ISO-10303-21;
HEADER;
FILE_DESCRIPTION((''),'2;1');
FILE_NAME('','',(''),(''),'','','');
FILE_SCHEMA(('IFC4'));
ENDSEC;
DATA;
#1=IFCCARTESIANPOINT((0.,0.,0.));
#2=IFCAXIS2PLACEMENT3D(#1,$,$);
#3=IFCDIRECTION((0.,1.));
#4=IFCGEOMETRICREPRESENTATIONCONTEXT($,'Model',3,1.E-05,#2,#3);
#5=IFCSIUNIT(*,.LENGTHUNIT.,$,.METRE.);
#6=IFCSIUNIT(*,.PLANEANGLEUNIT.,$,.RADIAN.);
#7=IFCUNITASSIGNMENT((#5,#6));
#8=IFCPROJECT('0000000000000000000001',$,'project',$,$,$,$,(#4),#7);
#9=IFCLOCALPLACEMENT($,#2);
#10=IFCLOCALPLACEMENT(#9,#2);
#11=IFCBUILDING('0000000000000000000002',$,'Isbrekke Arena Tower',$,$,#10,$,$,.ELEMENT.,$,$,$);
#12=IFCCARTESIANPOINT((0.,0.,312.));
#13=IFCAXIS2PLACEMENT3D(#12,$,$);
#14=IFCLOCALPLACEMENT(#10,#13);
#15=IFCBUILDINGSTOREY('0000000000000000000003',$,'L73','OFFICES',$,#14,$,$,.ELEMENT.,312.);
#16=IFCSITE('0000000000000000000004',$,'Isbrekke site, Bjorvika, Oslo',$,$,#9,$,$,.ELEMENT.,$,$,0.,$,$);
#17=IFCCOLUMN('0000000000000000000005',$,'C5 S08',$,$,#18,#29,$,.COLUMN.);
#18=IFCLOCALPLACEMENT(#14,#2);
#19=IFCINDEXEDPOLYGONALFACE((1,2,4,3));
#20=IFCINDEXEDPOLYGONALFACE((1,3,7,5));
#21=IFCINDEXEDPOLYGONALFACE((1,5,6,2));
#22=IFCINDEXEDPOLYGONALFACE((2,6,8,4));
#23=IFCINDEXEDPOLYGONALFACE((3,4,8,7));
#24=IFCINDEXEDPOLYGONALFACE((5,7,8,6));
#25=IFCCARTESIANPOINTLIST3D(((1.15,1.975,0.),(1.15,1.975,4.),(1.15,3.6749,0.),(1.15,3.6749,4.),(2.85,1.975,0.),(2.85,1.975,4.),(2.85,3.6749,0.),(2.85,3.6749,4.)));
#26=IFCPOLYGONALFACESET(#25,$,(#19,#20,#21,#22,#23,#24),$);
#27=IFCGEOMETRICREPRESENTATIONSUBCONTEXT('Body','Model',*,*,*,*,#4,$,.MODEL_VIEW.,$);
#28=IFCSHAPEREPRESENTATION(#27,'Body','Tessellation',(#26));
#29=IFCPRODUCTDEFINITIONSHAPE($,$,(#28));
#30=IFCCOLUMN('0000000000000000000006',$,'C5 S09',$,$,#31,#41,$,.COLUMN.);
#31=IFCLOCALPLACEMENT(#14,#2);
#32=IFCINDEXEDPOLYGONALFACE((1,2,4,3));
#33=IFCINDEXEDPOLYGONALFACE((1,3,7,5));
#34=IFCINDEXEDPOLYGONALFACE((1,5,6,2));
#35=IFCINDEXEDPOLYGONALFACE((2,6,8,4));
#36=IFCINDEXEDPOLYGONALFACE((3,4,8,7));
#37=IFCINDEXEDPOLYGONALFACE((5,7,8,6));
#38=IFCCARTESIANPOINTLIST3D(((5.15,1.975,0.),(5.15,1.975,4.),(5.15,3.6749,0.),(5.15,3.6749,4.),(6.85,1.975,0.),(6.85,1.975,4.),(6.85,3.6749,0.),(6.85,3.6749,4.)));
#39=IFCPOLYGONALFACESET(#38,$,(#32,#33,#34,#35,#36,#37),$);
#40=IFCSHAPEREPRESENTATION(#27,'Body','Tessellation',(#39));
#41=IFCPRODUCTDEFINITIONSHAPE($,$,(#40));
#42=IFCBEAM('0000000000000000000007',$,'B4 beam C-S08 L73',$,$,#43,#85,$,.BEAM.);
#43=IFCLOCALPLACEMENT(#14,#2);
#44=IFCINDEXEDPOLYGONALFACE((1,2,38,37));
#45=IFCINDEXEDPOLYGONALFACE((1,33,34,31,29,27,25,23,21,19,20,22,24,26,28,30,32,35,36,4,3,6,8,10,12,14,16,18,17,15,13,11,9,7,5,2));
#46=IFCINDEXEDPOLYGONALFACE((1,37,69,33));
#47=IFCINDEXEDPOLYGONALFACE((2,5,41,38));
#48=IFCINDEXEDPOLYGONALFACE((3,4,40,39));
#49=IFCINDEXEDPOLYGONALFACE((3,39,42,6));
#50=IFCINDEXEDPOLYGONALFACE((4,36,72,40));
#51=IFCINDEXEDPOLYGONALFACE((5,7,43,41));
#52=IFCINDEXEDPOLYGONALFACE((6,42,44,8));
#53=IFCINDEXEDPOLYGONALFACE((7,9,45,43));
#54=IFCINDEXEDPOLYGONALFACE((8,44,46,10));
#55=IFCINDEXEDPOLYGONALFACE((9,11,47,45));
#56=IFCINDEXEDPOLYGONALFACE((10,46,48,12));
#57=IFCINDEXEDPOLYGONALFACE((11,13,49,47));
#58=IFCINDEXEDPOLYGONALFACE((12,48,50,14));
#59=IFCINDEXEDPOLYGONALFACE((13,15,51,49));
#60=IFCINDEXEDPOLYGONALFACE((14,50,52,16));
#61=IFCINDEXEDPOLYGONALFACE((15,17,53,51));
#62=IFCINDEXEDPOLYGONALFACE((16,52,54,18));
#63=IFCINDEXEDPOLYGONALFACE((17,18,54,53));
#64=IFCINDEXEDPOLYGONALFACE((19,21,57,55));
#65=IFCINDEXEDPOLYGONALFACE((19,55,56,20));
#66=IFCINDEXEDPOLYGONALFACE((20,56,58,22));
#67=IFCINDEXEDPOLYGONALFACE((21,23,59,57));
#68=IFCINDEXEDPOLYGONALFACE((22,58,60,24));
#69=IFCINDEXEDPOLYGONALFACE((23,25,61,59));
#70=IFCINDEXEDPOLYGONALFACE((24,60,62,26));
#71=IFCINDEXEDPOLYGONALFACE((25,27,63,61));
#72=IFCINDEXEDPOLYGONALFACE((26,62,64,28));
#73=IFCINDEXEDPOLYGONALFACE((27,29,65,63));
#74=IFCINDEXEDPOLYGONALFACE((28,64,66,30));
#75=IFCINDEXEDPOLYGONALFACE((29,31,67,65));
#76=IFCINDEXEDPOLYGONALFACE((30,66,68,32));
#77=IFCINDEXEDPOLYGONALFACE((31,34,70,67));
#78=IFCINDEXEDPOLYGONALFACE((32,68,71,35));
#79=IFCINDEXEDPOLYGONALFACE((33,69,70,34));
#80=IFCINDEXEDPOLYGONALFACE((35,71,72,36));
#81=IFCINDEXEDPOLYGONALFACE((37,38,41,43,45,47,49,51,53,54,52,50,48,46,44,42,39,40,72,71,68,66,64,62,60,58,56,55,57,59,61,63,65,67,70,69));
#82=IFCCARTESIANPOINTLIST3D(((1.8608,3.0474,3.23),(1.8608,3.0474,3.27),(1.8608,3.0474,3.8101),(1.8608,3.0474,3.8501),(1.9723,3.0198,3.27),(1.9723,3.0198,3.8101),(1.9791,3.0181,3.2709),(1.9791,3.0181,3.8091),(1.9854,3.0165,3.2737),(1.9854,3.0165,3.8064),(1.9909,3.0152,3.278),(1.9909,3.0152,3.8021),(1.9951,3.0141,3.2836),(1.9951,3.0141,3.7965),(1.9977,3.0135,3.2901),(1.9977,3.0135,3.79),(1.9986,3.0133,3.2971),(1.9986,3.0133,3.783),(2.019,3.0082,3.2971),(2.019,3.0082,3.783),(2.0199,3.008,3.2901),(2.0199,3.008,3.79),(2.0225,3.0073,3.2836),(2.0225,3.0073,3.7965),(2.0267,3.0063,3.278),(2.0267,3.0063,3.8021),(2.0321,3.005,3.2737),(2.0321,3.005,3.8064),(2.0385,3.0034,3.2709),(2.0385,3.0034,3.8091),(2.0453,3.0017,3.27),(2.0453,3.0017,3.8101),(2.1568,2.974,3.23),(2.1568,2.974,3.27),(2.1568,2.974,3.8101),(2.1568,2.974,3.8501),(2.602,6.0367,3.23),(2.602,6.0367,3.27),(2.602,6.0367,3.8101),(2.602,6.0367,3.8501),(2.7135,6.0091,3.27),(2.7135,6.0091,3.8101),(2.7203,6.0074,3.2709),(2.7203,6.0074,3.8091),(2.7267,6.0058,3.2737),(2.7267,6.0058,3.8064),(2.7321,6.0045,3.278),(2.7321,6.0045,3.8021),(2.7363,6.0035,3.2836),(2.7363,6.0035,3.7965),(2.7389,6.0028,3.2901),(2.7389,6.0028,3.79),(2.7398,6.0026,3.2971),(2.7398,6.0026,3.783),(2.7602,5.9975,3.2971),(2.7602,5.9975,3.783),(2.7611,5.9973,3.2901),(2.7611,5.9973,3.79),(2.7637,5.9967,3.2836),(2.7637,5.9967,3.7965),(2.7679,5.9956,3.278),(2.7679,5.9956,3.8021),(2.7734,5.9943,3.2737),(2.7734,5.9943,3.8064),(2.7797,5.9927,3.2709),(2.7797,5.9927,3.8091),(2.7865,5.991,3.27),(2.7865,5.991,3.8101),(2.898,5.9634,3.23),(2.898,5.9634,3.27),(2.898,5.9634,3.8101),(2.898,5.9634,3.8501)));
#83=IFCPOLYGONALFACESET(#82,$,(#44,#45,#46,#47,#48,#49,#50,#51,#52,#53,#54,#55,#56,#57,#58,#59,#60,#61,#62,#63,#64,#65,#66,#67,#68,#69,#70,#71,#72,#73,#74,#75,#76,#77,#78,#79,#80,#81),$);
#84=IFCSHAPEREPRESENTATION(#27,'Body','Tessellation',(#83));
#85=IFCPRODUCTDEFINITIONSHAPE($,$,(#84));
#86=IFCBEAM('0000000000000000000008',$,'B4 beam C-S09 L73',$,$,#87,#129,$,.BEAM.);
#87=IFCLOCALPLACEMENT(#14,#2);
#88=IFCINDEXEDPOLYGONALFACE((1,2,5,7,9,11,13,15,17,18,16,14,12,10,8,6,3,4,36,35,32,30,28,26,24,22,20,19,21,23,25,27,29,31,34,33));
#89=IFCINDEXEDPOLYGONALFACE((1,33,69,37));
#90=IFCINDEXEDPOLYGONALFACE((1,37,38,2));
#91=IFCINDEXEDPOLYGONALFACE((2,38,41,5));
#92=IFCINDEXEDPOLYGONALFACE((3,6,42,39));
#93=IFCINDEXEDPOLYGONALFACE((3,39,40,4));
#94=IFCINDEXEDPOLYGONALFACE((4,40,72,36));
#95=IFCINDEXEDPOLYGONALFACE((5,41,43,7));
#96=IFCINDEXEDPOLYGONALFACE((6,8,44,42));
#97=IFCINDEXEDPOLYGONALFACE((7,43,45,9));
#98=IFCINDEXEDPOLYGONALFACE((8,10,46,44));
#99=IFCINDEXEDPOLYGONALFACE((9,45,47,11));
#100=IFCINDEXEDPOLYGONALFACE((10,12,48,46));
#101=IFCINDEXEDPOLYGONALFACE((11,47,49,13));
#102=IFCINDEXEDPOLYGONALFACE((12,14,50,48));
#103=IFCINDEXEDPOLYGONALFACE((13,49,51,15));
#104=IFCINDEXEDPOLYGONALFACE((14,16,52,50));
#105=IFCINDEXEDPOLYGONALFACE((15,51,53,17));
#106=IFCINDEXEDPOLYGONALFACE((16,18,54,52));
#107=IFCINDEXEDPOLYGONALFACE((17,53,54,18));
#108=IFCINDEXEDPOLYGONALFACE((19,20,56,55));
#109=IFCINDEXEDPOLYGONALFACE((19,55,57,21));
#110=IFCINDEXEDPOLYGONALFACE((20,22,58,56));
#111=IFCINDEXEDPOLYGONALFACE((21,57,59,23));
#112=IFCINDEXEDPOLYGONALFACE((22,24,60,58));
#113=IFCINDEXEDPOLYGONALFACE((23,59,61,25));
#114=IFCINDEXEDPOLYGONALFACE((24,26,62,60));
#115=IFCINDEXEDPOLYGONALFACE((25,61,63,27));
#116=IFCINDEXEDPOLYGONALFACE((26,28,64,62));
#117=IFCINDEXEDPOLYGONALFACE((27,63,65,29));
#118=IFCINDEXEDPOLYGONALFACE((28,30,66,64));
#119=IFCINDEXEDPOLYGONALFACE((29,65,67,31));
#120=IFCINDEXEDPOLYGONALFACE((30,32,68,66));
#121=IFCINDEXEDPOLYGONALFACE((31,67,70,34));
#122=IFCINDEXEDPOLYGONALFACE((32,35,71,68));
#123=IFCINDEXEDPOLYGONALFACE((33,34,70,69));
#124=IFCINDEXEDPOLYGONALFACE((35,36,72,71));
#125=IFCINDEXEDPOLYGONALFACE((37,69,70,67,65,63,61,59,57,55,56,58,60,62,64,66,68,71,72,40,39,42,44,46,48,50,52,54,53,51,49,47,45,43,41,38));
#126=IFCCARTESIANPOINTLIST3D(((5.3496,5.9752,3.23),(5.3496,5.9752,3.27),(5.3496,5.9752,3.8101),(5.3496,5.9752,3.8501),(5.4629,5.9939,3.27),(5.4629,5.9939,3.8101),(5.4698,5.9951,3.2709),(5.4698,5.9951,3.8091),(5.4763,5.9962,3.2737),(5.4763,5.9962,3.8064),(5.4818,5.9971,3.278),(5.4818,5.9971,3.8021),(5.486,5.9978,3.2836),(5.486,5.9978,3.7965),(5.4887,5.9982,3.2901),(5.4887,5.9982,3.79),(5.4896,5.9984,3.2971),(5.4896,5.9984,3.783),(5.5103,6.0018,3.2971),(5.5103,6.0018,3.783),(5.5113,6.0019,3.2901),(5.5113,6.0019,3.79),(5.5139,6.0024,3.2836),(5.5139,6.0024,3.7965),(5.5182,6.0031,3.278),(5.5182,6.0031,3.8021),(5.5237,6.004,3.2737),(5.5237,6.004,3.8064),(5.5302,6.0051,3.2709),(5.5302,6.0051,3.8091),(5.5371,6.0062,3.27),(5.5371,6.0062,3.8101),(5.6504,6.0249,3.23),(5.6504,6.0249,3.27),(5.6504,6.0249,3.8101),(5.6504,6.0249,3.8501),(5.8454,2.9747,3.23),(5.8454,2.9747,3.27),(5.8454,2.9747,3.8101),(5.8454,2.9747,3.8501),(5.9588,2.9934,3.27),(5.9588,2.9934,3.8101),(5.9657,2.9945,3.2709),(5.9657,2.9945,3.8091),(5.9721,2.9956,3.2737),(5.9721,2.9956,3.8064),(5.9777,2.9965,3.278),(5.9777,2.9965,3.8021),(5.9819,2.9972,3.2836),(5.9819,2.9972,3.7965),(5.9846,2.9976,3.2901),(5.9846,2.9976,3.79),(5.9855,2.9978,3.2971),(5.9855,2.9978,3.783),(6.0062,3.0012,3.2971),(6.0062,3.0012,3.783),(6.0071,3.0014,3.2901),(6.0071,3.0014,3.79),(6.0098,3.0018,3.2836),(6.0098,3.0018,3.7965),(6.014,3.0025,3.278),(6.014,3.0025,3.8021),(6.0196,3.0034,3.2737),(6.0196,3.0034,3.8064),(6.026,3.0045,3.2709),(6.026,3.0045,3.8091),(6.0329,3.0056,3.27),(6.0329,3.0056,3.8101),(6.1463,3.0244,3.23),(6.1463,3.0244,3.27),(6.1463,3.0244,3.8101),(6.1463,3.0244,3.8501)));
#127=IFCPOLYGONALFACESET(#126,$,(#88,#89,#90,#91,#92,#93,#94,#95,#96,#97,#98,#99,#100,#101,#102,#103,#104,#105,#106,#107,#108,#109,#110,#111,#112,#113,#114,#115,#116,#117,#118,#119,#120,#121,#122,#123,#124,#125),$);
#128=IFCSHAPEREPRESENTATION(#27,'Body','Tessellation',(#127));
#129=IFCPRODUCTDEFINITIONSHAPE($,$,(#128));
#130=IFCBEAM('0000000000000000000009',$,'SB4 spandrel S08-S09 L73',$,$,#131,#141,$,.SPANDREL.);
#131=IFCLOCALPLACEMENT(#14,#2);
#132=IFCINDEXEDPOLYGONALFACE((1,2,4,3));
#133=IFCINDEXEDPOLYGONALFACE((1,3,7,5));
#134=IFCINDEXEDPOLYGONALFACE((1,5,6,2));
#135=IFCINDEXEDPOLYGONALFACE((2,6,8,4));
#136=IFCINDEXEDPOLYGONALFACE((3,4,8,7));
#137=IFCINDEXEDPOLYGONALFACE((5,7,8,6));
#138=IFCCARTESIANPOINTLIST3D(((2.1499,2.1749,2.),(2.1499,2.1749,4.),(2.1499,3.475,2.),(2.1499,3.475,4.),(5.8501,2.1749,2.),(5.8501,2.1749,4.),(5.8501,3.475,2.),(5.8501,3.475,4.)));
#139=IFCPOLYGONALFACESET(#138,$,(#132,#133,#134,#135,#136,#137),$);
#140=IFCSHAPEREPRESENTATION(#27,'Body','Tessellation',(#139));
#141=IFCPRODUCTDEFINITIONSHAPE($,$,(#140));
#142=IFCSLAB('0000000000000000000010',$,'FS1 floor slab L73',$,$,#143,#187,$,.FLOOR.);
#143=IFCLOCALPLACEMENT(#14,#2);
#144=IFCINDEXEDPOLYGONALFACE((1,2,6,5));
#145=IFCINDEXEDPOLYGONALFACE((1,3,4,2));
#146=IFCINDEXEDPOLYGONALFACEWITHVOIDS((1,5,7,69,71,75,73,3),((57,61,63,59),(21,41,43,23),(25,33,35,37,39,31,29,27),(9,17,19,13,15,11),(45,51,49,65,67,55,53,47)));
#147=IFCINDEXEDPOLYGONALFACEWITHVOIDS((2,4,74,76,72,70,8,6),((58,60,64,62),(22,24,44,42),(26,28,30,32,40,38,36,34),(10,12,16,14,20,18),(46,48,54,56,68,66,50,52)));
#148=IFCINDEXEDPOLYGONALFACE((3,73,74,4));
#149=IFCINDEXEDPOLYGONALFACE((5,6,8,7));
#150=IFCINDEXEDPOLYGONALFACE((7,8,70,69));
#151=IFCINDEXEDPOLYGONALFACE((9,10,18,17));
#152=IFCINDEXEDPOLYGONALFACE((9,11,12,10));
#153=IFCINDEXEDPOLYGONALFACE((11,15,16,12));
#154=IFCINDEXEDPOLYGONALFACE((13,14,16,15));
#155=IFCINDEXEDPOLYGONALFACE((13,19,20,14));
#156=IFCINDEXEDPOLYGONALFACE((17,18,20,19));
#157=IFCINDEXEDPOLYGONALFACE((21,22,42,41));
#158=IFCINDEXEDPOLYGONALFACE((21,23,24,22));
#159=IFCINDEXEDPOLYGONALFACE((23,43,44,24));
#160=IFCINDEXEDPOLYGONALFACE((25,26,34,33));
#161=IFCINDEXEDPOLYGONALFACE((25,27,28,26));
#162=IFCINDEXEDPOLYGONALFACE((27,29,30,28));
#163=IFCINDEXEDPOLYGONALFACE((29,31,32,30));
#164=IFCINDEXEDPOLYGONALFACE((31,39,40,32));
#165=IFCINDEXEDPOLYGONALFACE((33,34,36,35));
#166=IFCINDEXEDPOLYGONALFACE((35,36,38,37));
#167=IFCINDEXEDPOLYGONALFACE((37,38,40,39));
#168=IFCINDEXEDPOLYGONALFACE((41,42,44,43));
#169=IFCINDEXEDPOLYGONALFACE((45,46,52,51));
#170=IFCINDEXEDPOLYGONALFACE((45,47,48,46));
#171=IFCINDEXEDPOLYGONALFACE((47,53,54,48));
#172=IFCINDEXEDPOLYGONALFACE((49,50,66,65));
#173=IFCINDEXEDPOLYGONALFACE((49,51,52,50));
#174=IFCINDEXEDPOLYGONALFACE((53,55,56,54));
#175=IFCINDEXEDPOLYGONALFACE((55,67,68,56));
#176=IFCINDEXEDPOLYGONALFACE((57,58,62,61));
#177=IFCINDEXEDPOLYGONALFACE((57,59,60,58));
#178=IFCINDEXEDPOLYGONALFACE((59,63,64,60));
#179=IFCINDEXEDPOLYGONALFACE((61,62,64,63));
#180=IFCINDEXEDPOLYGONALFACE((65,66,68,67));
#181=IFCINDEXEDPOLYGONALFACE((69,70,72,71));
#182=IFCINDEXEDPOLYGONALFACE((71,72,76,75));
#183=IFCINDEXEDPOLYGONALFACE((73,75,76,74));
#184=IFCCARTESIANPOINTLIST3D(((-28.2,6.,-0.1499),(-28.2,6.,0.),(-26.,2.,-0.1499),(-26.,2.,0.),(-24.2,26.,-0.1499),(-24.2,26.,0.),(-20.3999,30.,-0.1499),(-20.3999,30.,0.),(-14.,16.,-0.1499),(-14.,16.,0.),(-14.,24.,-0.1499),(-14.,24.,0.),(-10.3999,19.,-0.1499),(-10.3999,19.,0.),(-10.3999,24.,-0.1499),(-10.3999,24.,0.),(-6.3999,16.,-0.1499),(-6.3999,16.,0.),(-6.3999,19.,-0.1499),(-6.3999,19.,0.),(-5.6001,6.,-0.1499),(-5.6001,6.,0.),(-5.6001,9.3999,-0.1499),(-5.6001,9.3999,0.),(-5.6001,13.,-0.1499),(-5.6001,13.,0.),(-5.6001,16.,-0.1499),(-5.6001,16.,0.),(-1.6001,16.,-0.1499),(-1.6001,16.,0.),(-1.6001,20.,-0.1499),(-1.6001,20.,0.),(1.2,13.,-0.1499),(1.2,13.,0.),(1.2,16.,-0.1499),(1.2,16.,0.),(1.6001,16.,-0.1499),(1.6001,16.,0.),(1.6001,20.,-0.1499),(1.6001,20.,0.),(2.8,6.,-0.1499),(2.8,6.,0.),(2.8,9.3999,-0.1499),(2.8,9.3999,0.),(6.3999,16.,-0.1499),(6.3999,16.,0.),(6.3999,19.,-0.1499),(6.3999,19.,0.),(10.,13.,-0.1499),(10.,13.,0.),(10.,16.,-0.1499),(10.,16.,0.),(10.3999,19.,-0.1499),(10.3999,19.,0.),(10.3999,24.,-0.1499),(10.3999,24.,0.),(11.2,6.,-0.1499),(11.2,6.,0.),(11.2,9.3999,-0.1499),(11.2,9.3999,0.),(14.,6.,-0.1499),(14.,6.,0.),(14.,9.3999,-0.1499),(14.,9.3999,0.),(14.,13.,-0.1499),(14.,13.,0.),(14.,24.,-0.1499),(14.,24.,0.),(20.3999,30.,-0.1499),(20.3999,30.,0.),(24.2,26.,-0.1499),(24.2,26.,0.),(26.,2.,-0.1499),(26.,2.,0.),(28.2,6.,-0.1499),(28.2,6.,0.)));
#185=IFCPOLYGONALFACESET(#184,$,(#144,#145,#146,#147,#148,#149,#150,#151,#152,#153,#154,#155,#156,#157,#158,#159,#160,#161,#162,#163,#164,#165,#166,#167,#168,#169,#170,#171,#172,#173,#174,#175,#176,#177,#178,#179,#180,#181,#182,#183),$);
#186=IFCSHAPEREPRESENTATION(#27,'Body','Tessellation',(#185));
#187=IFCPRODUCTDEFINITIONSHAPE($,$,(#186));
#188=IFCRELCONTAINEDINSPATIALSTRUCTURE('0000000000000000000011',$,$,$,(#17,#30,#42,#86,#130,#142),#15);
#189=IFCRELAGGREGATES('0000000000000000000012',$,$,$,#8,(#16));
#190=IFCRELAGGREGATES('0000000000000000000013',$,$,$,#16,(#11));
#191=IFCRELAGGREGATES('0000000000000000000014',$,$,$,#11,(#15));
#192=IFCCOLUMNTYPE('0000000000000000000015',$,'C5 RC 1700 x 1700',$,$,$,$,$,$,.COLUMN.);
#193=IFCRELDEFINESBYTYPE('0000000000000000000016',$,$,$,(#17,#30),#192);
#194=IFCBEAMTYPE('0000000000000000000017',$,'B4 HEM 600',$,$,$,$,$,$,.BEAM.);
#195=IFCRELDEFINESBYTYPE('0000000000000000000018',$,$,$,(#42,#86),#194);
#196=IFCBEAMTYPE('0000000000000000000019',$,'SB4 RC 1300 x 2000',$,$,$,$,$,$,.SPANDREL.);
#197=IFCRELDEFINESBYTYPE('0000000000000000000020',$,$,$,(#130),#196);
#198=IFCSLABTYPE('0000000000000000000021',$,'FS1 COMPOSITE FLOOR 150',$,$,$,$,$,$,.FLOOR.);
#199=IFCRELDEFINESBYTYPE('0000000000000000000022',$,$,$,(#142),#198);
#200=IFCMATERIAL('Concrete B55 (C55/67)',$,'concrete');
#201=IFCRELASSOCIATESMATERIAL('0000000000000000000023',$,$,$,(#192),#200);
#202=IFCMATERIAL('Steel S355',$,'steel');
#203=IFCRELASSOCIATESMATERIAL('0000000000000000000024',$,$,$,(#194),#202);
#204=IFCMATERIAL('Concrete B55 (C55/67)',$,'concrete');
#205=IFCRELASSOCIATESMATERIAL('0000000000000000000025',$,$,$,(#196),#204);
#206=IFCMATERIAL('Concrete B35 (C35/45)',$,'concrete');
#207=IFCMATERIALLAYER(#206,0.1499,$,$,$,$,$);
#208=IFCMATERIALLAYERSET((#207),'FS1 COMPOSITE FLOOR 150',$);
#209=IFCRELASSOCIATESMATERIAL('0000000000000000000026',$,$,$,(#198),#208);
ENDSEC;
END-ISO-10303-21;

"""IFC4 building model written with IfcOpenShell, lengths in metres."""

from ifc_helpers import new_model, si_unit, direction, frame, origin, origin_2d, place, context, subcontext, project, spatial, polyline, rectangle, i_section, outline, extrude, material, layer, layer_set, material_profile, profile_set, type_object, element, save


model = new_model("IFC4")

# Units and contexts
model_context = context("Model", 3, precision=1e-05, world=origin(), true_north=direction((0.0, 1.0)))
body_context = subcontext(model_context, "Body", "Model", "MODEL_VIEW")
ifc_project = project(units=[si_unit("LENGTHUNIT", "METRE"), si_unit("PLANEANGLEUNIT", "RADIAN")], contexts=[model_context])

# Site, building, storey
site_placement = place(None, origin())
site = spatial("IfcSite", under=ifc_project, at=site_placement, Name="Isbrekke site, Bjorvika, Oslo", CompositionType="ELEMENT", RefElevation=0.0)
building_placement = place(site_placement, origin())
building = spatial("IfcBuilding", under=site, at=building_placement, Name="Isbrekke Arena Tower", CompositionType="ELEMENT")
storey_placement = place(building_placement, frame((0.0, 0.0, 312.0)))
storey = spatial("IfcBuildingStorey", under=building, at=storey_placement, Name="L73", Description="OFFICES", CompositionType="ELEMENT", Elevation=312.0)

# Columns
ifc_material_1 = material(Name="Concrete B55 (C55/67)", Category="concrete")
ifc_material_profile_1 = material_profile(ifc_material_1, rectangle(XDim=1.7, YDim=1.7, at=origin_2d()), Name="RC 1700x1700")
ifc_profile_set_1 = profile_set([ifc_material_profile_1], Name="Concrete B55 (C55/67)")
column_type = type_object("IfcColumnType", Name="C5 RC 1700 x 1700", PredefinedType="COLUMN", material=ifc_profile_set_1)
for number, where, z_axis, x_axis, name in (
    (1, (2.0, 2.825, 0.0), (0.0, 0.0, 1.0), (1.0, 0.0, 0.0), "C5 S08"),
    (2, (6.0, 2.825, 0.0), (0.0, 0.0, 1.0), (1.0, 0.0, 0.0), "C5 S09"),
):
    element("IfcColumn", number, at=place(storey_placement, frame(where, z_axis=z_axis, x_axis=x_axis)), inside=storey, type_object=column_type, Name=name, PredefinedType="COLUMN", context=body_context, shape_type="SweptSolid", body=[
        extrude(rectangle(XDim=1.7, YDim=1.7, at=origin_2d()), origin(), (0.0, 0.0, 1.0), 4.0),
    ])

# Beams
ifc_material_2 = material(Name="Steel S355", Category="steel")
ifc_material_profile_2 = material_profile(ifc_material_2, i_section(OverallWidth=0.3049, OverallDepth=0.6201, WebThickness=0.021, FlangeThickness=0.04, FilletRadius=0.0271, at=origin_2d()), Name="HEM 600")
ifc_profile_set_2 = profile_set([ifc_material_profile_2], Name="Steel S355")
beam_type_1 = type_object("IfcBeamType", Name="B4 HEM 600", PredefinedType="BEAM", material=ifc_profile_set_2)
beam_1_placement = place(storey_placement, frame((2.0088, 3.0107, 3.54), z_axis=(0.24067, 0.970607, 0.0), x_axis=(-0.970607, 0.24067, 0.0)))
element("IfcBeam", 3, at=beam_1_placement, inside=storey, type_object=beam_type_1, Name="B4 beam C-S08 L73", PredefinedType="BEAM", context=body_context, shape_type="SweptSolid", body=[
    extrude(i_section(OverallWidth=0.3049, OverallDepth=0.6201, WebThickness=0.021, FlangeThickness=0.04, FilletRadius=0.0271, at=origin_2d()), origin(), (0.0, 0.0, 1.0), 3.0798),
])
beam_2_placement = place(storey_placement, frame((5.9958, 2.9995, 3.54), z_axis=(-0.163045, 0.986619, 0.0), x_axis=(-0.986619, -0.163045, 0.0)))
element("IfcBeam", 4, at=beam_2_placement, inside=storey, type_object=beam_type_1, Name="B4 beam C-S09 L73", PredefinedType="BEAM", context=body_context, shape_type="SweptSolid", body=[
    extrude(i_section(OverallWidth=0.3049, OverallDepth=0.6201, WebThickness=0.021, FlangeThickness=0.04, FilletRadius=0.0271, at=origin_2d()), origin(), (0.0, 0.0, 1.0), 3.0413),
])
ifc_material_3 = material(Name="Concrete B55 (C55/67)", Category="concrete")
ifc_material_profile_3 = material_profile(ifc_material_3, rectangle(XDim=1.3, YDim=2.0, at=origin_2d()), Name="RC 1300x2000")
ifc_profile_set_3 = profile_set([ifc_material_profile_3], Name="Concrete B55 (C55/67)")
beam_type_2 = type_object("IfcBeamType", Name="SB4 RC 1300 x 2000", PredefinedType="SPANDREL", material=ifc_profile_set_3)
beam_3_placement = place(storey_placement, frame((2.1499, 2.825, 3.0), z_axis=(1.0, 0.0, 0.0), x_axis=(0.0, 1.0, 0.0)))
element("IfcBeam", 5, at=beam_3_placement, inside=storey, type_object=beam_type_2, Name="SB4 spandrel S08-S09 L73", PredefinedType="SPANDREL", context=body_context, shape_type="SweptSolid", body=[
    extrude(rectangle(XDim=1.3, YDim=2.0, at=origin_2d()), origin(), (0.0, 0.0, 1.0), 3.7002),
])

# Slab
ifc_material_4 = material(Name="Concrete B35 (C35/45)", Category="concrete")
ifc_layer_1 = layer(ifc_material_4, 0.1499)
ifc_layer_set_1 = layer_set([ifc_layer_1], Name="FS1 COMPOSITE FLOOR 150")
slab_type_1 = type_object("IfcSlabType", Name="FS1 COMPOSITE FLOOR 150", PredefinedType="FLOOR", material=ifc_layer_set_1)
slab_1_placement = place(storey_placement, frame((0.0, 0.0, -0.1499)))
element("IfcSlab", 6, at=slab_1_placement, inside=storey, type_object=slab_type_1, Name="FS1 floor slab L73", PredefinedType="FLOOR", context=body_context, shape_type="SweptSolid", body=[
    extrude(outline(polyline([(-26.0, 2.0), (26.0, 2.0), (28.2, 6.0), (24.2, 26.0), (20.3999, 30.0), (-20.3999, 30.0), (-24.2, 26.0), (-28.2, 6.0), (-26.0, 2.0)]), holes=[polyline([(2.8, 9.3999), (2.8, 6.0), (-5.6001, 6.0), (-5.6001, 9.3999), (2.8, 9.3999)]), polyline([(11.2, 6.0), (11.2, 9.3999), (14.0, 9.3999), (14.0, 6.0), (11.2, 6.0)]), polyline([(-5.6001, 13.0), (-5.6001, 16.0), (-1.6001, 16.0), (-1.6001, 20.0), (1.6001, 20.0), (1.6001, 16.0), (1.2, 16.0), (1.2, 13.0), (-5.6001, 13.0)]), polyline([(14.0, 13.0), (10.0, 13.0), (10.0, 16.0), (6.3999, 16.0), (6.3999, 19.0), (10.3999, 19.0), (10.3999, 24.0), (14.0, 24.0), (14.0, 13.0)]), polyline([(-6.3999, 19.0), (-6.3999, 16.0), (-14.0, 16.0), (-14.0, 24.0), (-10.3999, 24.0), (-10.3999, 19.0), (-6.3999, 19.0)])]), origin(), (0.0, 0.0, 1.0), 0.1499),
])

save(model, "model.ifc")
